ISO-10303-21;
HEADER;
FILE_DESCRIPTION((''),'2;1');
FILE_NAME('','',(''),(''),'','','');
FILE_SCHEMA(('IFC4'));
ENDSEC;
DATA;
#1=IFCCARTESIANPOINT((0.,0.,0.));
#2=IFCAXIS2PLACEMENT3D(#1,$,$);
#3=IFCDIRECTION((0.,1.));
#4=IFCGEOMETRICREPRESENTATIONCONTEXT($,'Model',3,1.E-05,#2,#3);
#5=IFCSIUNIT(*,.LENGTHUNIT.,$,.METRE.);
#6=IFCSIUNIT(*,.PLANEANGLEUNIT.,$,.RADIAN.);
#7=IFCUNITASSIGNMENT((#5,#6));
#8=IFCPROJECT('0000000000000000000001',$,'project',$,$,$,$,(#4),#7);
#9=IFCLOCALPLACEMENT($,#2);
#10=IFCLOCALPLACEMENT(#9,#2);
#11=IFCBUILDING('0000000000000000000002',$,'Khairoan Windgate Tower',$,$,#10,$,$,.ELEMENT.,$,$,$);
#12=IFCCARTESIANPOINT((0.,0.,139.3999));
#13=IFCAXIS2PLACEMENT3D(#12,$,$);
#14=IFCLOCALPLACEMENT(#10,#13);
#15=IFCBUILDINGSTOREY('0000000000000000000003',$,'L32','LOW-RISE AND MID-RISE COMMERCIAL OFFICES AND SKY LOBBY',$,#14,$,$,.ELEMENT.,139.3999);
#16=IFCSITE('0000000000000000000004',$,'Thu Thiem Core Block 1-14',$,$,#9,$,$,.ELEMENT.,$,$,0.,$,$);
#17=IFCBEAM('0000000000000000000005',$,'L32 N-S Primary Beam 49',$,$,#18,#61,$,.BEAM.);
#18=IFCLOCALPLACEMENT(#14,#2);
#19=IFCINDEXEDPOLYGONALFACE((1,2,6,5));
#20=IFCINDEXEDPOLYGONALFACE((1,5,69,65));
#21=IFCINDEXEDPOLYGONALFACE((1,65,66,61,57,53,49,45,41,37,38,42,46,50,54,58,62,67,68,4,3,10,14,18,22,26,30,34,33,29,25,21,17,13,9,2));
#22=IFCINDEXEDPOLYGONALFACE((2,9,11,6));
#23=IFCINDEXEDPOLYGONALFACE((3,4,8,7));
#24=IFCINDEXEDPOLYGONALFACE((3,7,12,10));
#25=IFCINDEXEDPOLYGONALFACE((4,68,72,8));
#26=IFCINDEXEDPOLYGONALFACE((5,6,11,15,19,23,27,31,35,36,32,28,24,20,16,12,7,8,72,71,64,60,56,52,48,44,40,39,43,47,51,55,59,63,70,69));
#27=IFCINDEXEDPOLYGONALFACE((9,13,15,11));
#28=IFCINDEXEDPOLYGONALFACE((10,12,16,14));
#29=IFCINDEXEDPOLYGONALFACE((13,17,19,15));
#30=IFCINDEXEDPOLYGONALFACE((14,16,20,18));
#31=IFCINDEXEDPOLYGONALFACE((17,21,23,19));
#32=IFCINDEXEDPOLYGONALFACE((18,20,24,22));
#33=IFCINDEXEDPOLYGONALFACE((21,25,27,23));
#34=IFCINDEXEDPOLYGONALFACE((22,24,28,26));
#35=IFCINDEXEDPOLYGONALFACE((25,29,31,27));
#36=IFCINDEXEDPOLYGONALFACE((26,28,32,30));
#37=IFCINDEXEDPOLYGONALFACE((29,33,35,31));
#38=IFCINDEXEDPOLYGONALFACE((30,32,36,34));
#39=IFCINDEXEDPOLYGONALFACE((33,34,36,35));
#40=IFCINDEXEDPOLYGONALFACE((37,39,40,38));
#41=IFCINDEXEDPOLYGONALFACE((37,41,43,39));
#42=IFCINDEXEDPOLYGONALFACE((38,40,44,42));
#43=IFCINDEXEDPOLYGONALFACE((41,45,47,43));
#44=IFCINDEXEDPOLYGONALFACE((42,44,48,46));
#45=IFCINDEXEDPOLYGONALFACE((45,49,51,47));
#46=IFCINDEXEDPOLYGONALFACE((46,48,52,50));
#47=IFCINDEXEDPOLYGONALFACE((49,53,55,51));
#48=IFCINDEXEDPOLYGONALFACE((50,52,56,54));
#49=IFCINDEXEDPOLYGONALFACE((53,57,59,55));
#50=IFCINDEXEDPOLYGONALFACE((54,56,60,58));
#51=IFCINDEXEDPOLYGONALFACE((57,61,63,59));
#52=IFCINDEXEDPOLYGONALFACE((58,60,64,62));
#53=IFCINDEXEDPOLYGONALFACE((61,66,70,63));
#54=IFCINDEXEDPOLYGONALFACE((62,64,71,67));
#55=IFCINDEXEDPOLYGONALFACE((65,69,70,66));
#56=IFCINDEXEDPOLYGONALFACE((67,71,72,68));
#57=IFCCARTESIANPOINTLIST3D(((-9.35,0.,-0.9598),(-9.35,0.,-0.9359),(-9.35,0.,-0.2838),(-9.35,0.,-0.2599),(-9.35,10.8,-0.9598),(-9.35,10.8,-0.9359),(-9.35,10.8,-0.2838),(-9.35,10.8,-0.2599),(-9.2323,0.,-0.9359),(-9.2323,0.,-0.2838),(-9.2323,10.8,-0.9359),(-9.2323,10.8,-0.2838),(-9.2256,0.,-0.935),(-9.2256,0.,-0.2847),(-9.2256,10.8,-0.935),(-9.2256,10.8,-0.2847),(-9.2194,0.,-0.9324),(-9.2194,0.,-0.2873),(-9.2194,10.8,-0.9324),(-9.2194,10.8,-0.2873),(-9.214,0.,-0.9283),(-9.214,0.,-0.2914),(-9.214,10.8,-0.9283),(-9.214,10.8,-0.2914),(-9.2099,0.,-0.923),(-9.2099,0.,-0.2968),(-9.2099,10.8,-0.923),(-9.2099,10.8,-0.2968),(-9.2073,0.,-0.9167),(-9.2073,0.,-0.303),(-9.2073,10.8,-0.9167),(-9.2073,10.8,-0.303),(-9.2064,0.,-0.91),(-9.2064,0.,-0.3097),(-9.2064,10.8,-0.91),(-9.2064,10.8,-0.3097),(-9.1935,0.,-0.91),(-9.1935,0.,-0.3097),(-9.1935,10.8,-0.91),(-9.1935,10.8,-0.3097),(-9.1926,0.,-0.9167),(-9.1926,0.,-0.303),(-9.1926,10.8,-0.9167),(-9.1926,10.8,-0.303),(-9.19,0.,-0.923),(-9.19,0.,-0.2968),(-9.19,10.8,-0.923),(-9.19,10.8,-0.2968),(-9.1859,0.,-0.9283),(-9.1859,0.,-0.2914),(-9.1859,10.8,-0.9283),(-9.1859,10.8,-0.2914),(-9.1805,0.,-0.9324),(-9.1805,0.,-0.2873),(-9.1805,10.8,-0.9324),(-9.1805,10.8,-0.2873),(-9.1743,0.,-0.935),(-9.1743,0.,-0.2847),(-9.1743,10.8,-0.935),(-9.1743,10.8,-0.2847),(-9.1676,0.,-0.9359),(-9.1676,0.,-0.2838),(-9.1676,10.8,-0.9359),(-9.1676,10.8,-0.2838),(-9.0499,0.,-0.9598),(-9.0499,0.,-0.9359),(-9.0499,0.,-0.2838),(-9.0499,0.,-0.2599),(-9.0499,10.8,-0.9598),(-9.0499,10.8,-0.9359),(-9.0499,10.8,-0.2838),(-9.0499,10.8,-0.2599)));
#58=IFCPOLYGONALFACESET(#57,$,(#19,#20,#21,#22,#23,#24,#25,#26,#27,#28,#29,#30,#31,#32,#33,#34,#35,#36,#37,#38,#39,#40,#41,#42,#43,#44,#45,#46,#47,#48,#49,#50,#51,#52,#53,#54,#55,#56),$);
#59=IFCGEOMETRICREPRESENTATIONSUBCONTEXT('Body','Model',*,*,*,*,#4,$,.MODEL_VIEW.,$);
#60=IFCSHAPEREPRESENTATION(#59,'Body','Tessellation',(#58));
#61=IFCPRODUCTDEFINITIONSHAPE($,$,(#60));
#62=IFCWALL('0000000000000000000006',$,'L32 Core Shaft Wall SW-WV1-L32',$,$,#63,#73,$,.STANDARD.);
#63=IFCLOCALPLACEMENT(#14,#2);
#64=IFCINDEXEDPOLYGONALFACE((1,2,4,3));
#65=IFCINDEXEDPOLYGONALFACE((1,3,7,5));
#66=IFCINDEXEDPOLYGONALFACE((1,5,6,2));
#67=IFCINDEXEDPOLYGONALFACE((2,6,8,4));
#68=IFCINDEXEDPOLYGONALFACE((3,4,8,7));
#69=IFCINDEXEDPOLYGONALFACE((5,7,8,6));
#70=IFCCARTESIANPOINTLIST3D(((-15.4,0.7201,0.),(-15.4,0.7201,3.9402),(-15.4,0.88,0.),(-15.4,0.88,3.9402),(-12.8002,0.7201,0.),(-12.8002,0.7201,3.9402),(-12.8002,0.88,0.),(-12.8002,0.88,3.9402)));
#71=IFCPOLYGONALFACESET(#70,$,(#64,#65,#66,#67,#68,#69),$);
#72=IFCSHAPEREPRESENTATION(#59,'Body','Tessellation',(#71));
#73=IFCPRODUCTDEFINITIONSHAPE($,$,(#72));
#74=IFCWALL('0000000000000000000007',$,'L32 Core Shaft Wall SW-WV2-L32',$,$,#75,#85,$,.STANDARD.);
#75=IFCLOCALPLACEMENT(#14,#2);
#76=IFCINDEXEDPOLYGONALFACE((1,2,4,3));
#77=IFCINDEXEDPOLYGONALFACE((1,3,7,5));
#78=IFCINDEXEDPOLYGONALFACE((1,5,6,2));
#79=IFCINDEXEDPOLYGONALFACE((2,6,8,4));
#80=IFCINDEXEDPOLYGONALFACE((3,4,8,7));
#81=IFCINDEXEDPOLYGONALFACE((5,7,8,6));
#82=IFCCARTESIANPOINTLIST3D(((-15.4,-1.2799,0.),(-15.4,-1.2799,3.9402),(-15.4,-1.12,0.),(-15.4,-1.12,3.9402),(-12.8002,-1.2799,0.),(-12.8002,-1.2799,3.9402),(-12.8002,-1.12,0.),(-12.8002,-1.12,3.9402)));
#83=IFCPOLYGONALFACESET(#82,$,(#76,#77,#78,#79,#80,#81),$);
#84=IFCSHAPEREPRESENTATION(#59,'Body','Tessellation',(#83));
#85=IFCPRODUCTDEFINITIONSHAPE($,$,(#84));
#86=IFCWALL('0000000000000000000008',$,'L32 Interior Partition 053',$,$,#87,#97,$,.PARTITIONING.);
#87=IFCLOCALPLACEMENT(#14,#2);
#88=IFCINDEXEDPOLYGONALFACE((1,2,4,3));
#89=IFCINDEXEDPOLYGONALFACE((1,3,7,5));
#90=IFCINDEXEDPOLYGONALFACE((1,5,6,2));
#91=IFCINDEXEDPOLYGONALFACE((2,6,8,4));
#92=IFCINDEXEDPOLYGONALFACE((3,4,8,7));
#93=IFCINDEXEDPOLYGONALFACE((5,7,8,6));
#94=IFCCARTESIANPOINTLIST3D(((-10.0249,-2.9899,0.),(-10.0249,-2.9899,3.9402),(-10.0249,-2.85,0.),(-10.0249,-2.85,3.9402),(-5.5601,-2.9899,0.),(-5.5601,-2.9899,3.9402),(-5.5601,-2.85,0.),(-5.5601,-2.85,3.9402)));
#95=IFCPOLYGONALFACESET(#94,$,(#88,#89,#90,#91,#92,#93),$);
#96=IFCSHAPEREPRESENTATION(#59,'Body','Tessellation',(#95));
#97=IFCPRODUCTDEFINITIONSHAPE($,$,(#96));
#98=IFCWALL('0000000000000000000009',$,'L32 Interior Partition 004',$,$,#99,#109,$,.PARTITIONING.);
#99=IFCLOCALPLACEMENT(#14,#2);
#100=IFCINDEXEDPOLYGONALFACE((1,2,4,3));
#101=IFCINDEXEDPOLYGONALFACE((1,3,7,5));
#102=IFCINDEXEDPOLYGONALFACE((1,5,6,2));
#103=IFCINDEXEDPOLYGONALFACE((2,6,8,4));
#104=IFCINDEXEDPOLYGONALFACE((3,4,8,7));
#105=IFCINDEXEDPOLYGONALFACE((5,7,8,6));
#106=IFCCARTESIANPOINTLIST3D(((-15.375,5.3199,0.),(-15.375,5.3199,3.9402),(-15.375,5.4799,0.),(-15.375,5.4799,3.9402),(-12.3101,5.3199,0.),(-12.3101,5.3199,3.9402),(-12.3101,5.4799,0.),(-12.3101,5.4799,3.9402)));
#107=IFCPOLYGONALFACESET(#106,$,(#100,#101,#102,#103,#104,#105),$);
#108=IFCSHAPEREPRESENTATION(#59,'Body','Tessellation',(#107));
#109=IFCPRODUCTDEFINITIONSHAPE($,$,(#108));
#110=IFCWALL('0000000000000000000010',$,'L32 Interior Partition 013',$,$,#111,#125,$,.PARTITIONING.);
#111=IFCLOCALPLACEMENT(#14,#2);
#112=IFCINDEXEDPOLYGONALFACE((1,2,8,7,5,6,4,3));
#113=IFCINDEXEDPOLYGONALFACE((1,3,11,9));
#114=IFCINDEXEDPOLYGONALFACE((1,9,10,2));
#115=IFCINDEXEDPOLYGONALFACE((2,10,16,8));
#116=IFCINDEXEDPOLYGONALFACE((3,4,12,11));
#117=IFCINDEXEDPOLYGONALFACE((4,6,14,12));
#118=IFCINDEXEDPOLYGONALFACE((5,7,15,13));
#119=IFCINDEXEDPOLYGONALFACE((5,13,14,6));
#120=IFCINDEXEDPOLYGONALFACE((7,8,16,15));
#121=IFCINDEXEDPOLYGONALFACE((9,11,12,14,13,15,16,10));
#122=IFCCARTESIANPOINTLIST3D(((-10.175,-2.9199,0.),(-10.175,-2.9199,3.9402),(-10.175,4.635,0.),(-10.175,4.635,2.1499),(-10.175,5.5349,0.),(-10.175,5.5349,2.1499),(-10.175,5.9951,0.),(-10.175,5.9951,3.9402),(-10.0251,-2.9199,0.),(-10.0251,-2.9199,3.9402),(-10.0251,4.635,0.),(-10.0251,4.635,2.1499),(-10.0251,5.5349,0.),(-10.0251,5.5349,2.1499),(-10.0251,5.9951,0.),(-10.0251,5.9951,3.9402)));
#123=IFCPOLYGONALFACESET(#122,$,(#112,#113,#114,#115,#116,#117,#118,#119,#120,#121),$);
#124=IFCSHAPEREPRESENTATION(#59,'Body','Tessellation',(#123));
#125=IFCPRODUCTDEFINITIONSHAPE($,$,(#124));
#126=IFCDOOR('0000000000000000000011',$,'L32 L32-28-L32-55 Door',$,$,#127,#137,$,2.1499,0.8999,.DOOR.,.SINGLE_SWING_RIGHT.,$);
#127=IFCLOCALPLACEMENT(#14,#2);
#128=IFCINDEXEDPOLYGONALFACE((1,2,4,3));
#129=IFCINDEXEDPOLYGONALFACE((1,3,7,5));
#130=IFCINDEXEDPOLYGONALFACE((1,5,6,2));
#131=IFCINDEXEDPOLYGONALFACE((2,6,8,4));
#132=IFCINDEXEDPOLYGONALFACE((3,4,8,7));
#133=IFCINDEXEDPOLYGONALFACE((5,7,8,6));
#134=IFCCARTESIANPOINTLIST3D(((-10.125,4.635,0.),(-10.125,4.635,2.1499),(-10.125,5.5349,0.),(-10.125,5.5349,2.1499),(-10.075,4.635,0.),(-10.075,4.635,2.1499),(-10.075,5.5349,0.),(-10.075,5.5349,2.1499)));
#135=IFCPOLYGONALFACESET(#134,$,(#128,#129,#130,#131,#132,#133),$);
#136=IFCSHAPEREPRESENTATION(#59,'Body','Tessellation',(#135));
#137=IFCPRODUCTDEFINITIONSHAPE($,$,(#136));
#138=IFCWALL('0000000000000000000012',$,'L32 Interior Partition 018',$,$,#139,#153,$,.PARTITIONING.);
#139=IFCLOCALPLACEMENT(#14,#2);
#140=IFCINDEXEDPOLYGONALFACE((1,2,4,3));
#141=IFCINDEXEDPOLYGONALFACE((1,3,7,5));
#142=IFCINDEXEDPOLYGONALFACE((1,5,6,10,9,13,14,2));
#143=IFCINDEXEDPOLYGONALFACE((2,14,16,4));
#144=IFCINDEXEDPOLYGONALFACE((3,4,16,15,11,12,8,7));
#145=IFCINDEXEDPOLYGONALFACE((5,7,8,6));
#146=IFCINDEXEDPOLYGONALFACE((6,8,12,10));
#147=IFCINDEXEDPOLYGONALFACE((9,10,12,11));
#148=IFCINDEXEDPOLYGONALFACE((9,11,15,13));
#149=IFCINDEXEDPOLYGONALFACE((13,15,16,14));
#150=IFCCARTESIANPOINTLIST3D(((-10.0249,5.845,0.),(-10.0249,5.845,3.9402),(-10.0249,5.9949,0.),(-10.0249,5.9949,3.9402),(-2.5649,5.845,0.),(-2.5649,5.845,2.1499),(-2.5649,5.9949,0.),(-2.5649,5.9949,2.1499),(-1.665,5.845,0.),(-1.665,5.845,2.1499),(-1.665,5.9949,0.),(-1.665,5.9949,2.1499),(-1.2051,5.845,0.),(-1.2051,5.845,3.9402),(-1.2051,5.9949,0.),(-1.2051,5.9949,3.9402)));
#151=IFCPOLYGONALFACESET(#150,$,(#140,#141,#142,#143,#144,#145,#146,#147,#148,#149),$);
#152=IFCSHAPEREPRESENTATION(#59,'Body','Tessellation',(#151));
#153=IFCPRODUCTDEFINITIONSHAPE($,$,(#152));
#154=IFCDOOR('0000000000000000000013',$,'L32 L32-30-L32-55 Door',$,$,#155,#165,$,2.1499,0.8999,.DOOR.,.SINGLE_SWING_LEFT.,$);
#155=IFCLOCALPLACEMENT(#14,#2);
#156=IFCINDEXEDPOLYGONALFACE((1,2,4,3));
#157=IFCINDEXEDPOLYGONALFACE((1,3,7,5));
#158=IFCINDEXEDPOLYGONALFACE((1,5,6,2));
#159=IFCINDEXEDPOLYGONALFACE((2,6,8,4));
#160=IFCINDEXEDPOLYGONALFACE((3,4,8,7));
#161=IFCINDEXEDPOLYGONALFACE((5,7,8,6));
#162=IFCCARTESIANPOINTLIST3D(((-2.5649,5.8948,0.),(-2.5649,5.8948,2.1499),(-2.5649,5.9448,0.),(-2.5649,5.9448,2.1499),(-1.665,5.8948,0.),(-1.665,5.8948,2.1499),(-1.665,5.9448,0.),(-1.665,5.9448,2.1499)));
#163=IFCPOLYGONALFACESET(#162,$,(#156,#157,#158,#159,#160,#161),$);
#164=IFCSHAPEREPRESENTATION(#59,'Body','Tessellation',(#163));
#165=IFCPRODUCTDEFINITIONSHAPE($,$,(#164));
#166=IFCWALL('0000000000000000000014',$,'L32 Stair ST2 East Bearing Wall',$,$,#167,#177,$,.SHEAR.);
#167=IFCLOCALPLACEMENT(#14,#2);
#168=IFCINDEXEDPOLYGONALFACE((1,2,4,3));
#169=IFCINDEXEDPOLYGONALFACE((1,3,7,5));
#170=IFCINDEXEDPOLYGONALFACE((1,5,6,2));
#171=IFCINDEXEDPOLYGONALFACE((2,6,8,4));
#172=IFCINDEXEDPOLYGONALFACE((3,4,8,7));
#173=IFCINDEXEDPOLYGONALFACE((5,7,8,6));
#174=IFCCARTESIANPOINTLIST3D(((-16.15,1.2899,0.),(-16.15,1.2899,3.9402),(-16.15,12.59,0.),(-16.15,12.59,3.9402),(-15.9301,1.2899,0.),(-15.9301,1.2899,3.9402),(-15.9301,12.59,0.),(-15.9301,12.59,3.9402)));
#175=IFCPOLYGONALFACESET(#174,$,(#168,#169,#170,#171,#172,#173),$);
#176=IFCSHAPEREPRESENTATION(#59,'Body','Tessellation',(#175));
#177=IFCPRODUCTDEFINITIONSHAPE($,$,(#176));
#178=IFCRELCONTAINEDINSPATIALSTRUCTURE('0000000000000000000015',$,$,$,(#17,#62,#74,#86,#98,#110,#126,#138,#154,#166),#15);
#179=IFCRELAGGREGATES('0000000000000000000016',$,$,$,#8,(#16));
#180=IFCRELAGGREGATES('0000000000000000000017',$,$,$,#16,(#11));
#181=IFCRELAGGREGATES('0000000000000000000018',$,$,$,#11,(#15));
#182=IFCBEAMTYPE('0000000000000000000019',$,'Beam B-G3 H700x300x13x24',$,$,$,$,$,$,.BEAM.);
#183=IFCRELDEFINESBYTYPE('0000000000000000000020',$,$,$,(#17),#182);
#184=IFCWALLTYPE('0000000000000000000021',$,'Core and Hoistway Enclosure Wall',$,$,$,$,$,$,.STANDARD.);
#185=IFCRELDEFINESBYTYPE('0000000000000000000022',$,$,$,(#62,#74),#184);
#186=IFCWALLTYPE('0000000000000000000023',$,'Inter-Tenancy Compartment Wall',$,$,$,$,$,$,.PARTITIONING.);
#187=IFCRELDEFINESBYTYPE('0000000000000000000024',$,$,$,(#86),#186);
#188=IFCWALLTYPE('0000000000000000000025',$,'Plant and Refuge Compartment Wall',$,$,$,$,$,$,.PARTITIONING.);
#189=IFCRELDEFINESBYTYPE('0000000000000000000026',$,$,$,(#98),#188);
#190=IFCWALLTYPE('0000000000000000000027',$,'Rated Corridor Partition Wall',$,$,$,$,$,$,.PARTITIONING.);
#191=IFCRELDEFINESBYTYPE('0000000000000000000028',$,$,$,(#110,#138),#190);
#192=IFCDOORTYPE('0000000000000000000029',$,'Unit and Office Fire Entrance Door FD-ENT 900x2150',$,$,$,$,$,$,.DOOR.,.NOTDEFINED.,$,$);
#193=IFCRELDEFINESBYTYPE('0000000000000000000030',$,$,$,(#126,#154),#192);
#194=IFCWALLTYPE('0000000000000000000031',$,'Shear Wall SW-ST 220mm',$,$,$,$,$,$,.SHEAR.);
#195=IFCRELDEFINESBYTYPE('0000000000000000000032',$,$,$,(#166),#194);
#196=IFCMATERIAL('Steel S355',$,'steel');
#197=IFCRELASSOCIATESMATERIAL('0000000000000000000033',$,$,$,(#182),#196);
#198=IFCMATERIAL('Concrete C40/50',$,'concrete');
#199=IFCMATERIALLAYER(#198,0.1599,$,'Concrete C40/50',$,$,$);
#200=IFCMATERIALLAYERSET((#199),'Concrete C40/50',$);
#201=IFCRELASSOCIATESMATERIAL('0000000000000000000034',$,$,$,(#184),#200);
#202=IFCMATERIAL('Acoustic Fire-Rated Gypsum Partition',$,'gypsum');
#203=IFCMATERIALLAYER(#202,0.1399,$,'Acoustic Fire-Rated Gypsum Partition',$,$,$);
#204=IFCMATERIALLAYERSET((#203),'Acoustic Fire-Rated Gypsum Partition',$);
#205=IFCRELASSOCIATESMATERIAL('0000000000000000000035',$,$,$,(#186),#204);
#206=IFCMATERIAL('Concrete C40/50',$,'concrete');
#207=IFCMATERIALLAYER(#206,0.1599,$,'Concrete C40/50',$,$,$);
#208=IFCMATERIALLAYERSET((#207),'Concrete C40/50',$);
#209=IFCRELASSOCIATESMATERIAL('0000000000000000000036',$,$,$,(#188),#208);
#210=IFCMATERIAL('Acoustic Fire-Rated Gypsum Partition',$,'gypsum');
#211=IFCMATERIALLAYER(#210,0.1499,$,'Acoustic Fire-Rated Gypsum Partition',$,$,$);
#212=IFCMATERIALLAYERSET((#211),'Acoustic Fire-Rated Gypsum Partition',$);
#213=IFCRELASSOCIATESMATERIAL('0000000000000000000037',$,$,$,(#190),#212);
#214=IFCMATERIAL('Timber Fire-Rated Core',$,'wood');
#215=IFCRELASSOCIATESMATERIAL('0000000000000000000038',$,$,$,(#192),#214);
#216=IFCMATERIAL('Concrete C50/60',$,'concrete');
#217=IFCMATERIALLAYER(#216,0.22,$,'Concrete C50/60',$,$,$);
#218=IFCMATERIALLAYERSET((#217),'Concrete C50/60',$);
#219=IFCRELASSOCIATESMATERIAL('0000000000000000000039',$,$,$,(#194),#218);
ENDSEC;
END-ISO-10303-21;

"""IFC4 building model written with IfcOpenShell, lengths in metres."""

from ifc_helpers import new_model, si_unit, direction, frame, frame_2d, origin, origin_2d, place, context, subcontext, project, spatial, rectangle, i_section, extrude, material, layer, layer_set, material_profile, profile_set, type_object, element, fill, save


model = new_model("IFC4")

# Units and contexts
model_context = context("Model", 3, precision=1e-05, world=origin(), true_north=direction((0.0, 1.0)))
body_context = subcontext(model_context, "Body", "Model", "MODEL_VIEW")
ifc_project = project(units=[si_unit("LENGTHUNIT", "METRE"), si_unit("PLANEANGLEUNIT", "RADIAN")], contexts=[model_context])

# Site, building, storey
site_placement = place(None, origin())
site = spatial("IfcSite", under=ifc_project, at=site_placement, Name="Thu Thiem Core Block 1-14", CompositionType="ELEMENT", RefElevation=0.0)
building_placement = place(site_placement, origin())
building = spatial("IfcBuilding", under=site, at=building_placement, Name="Khairoan Windgate Tower", CompositionType="ELEMENT")
storey_placement = place(building_placement, frame((0.0, 0.0, 139.3999)))
storey = spatial("IfcBuildingStorey", under=building, at=storey_placement, Name="L32", Description="LOW-RISE AND MID-RISE COMMERCIAL OFFICES AND SKY LOBBY", CompositionType="ELEMENT", Elevation=139.3999)

# Beam
ifc_material_1 = material(Name="Steel S355", Category="steel")
ifc_material_profile_1 = material_profile(ifc_material_1, i_section(OverallWidth=0.3, OverallDepth=0.7, WebThickness=0.0129, FlangeThickness=0.0239, FilletRadius=0.0259, at=origin_2d()))
ifc_profile_set_1 = profile_set([ifc_material_profile_1], Name="Steel S355")
beam_type = type_object("IfcBeamType", Name="Beam B-G3 H700x300x13x24", PredefinedType="BEAM", material=ifc_profile_set_1)
for number, where, z_axis, x_axis, name in (
    (1, (-9.2, 0.0, -0.6099), (0.0, 1.0, 0.0), (-1.0, 0.0, 0.0), "L32 N-S Primary Beam 49"),
):
    element("IfcBeam", number, at=place(storey_placement, frame(where, z_axis=z_axis, x_axis=x_axis)), inside=storey, type_object=beam_type, Name=name, PredefinedType="BEAM", context=body_context, shape_type="SweptSolid", body=[
        extrude(i_section(OverallWidth=0.3, OverallDepth=0.7, WebThickness=0.0129, FlangeThickness=0.0239, FilletRadius=0.0259, at=origin_2d()), origin(), (0.0, 0.0, 1.0), 10.8),
    ])

# Walls
ifc_material_2 = material(Name="Concrete C40/50", Category="concrete")
ifc_layer_1 = layer(ifc_material_2, 0.1599, Name="Concrete C40/50")
ifc_layer_set_1 = layer_set([ifc_layer_1], Name="Concrete C40/50")
wall_type_1 = type_object("IfcWallType", Name="Core and Hoistway Enclosure Wall", PredefinedType="STANDARD", material=ifc_layer_set_1)
for number, where, z_axis, x_axis, name in (
    (2, (-15.3999, 0.8, 0.0), (0.0, 0.0, 1.0), (1.0, 0.0, 0.0), "L32 Core Shaft Wall SW-WV1-L32"),
    (3, (-15.3999, -1.2, 0.0), (0.0, 0.0, 1.0), (1.0, 0.0, 0.0), "L32 Core Shaft Wall SW-WV2-L32"),
):
    element("IfcWall", number, at=place(storey_placement, frame(where, z_axis=z_axis, x_axis=x_axis)), inside=storey, type_object=wall_type_1, Name=name, PredefinedType="STANDARD", context=body_context, shape_type="SweptSolid", body=[
        extrude(rectangle(XDim=2.5999, YDim=0.1599, at=frame_2d((1.2998, 0.0))), origin(), (0.0, 0.0, 1.0), 3.9402),
    ])
ifc_material_3 = material(Name="Acoustic Fire-Rated Gypsum Partition", Category="gypsum")
ifc_layer_2 = layer(ifc_material_3, 0.1399, Name="Acoustic Fire-Rated Gypsum Partition")
ifc_layer_set_2 = layer_set([ifc_layer_2], Name="Acoustic Fire-Rated Gypsum Partition")
wall_type_2 = type_object("IfcWallType", Name="Inter-Tenancy Compartment Wall", PredefinedType="PARTITIONING", material=ifc_layer_set_2)
wall_1_placement = place(storey_placement, frame((-10.0249, -2.9199, 0.0), z_axis=(0.0, 0.0, 1.0), x_axis=(1.0, 0.0, 0.0)))
element("IfcWall", 4, at=wall_1_placement, inside=storey, type_object=wall_type_2, Name="L32 Interior Partition 053", PredefinedType="PARTITIONING", context=body_context, shape_type="SweptSolid", body=[
    extrude(rectangle(XDim=4.4648, YDim=0.1399, at=frame_2d((2.2324, 0.0))), origin(), (0.0, 0.0, 1.0), 3.9402),
])
ifc_material_4 = material(Name="Concrete C40/50", Category="concrete")
ifc_layer_3 = layer(ifc_material_4, 0.1599, Name="Concrete C40/50")
ifc_layer_set_3 = layer_set([ifc_layer_3], Name="Concrete C40/50")
wall_type_3 = type_object("IfcWallType", Name="Plant and Refuge Compartment Wall", PredefinedType="PARTITIONING", material=ifc_layer_set_3)
wall_2_placement = place(storey_placement, frame((-15.375, 5.3999, 0.0), z_axis=(0.0, 0.0, 1.0), x_axis=(1.0, 0.0, 0.0)))
element("IfcWall", 5, at=wall_2_placement, inside=storey, type_object=wall_type_3, Name="L32 Interior Partition 004", PredefinedType="PARTITIONING", context=body_context, shape_type="SweptSolid", body=[
    extrude(rectangle(XDim=3.0649, YDim=0.1599, at=frame_2d((1.5325, 0.0))), origin(), (0.0, 0.0, 1.0), 3.9402),
])

# Walls, openings, doors
ifc_material_5 = material(Name="Acoustic Fire-Rated Gypsum Partition", Category="gypsum")
ifc_layer_4 = layer(ifc_material_5, 0.1499, Name="Acoustic Fire-Rated Gypsum Partition")
ifc_layer_set_4 = layer_set([ifc_layer_4], Name="Acoustic Fire-Rated Gypsum Partition")
wall_type_4 = type_object("IfcWallType", Name="Rated Corridor Partition Wall", PredefinedType="PARTITIONING", material=ifc_layer_set_4)
wall_3_placement = place(storey_placement, frame((-10.1001, -2.9199, 0.0), z_axis=(0.0, 0.0, 1.0), x_axis=(0.0, 1.0, 0.0)))
wall_3 = element("IfcWall", 6, at=wall_3_placement, inside=storey, type_object=wall_type_4, Name="L32 Interior Partition 013", PredefinedType="PARTITIONING", context=body_context, shape_type="SweptSolid", body=[
    extrude(rectangle(XDim=8.915, YDim=0.1499, at=frame_2d((4.4575, 0.0))), origin(), (0.0, 0.0, 1.0), 3.9402),
])
opening_1_placement = place(wall_3_placement, frame((7.5549, 0.0, 0.0)))
opening_1 = element("IfcOpeningElement", 7, at=opening_1_placement, cuts=wall_3, PredefinedType="OPENING", context=body_context, shape_type="SweptSolid", body=[
    extrude(rectangle(XDim=0.8999, YDim=2.1499, at=frame_2d((0.45, 1.075))), frame((0.0, 0.085, 0.0), z_axis=(0.0, -1.0, 0.0), x_axis=(1.0, 0.0, 0.0)), (0.0, 0.0, 1.0), 0.1699),
])
ifc_material_6 = material(Name="Timber Fire-Rated Core", Category="wood")
door_type = type_object("IfcDoorType", Name="Unit and Office Fire Entrance Door FD-ENT 900x2150", OperationType="NOTDEFINED", PredefinedType="DOOR", material=ifc_material_6)
door_1_placement = place(opening_1_placement, origin())
door_1 = element("IfcDoor", 8, at=door_1_placement, inside=storey, type_object=door_type, Name="L32 L32-28-L32-55 Door", OperationType="SINGLE_SWING_RIGHT", OverallHeight=2.1499, OverallWidth=0.8999, PredefinedType="DOOR", context=body_context, shape_type="SweptSolid", body=[
    extrude(rectangle(XDim=0.8999, YDim=2.1499, at=frame_2d((0.45, 1.075))), frame((0.0, 0.0249, 0.0), z_axis=(0.0, -1.0, 0.0), x_axis=(1.0, 0.0, 0.0)), (0.0, 0.0, 1.0), 0.05),
])
fill(opening_1, door_1)
wall_4_placement = place(storey_placement, frame((-10.0249, 5.9199, 0.0), z_axis=(0.0, 0.0, 1.0), x_axis=(1.0, 0.0, 0.0)))
wall_4 = element("IfcWall", 9, at=wall_4_placement, inside=storey, type_object=wall_type_4, Name="L32 Interior Partition 018", PredefinedType="PARTITIONING", context=body_context, shape_type="SweptSolid", body=[
    extrude(rectangle(XDim=8.8198, YDim=0.1499, at=frame_2d((4.4099, 0.0))), origin(), (0.0, 0.0, 1.0), 3.9402),
])
opening_2_placement = place(wall_4_placement, frame((7.46, 0.0, 0.0)))
opening_2 = element("IfcOpeningElement", 10, at=opening_2_placement, cuts=wall_4, PredefinedType="OPENING", context=body_context, shape_type="SweptSolid", body=[
    extrude(rectangle(XDim=0.8999, YDim=2.1499, at=frame_2d((0.45, 1.075))), frame((0.0, 0.085, 0.0), z_axis=(0.0, -1.0, 0.0), x_axis=(1.0, 0.0, 0.0)), (0.0, 0.0, 1.0), 0.1699),
])
door_2_placement = place(opening_2_placement, origin())
door_2 = element("IfcDoor", 11, at=door_2_placement, inside=storey, type_object=door_type, Name="L32 L32-30-L32-55 Door", OperationType="SINGLE_SWING_LEFT", OverallHeight=2.1499, OverallWidth=0.8999, PredefinedType="DOOR", context=body_context, shape_type="SweptSolid", body=[
    extrude(rectangle(XDim=0.8999, YDim=2.1499, at=frame_2d((0.45, 1.075))), frame((0.0, 0.0249, 0.0), z_axis=(0.0, -1.0, 0.0), x_axis=(1.0, 0.0, 0.0)), (0.0, 0.0, 1.0), 0.05),
])
fill(opening_2, door_2)

# Wall
ifc_material_7 = material(Name="Concrete C50/60", Category="concrete")
ifc_layer_5 = layer(ifc_material_7, 0.22, Name="Concrete C50/60")
ifc_layer_set_5 = layer_set([ifc_layer_5], Name="Concrete C50/60")
wall_type_5 = type_object("IfcWallType", Name="Shear Wall SW-ST 220mm", PredefinedType="SHEAR", material=ifc_layer_set_5)
wall_5_placement = place(storey_placement, frame((-16.04, 1.29, 0.0), z_axis=(0.0, 0.0, 1.0), x_axis=(0.0, 1.0, 0.0)))
element("IfcWall", 12, at=wall_5_placement, inside=storey, type_object=wall_type_5, Name="L32 Stair ST2 East Bearing Wall", PredefinedType="SHEAR", context=body_context, shape_type="SweptSolid", body=[
    extrude(rectangle(XDim=11.3, YDim=0.22, at=frame_2d((5.6499, 0.0))), origin(), (0.0, 0.0, 1.0), 3.9402),
])

save(model, "model.ifc")
